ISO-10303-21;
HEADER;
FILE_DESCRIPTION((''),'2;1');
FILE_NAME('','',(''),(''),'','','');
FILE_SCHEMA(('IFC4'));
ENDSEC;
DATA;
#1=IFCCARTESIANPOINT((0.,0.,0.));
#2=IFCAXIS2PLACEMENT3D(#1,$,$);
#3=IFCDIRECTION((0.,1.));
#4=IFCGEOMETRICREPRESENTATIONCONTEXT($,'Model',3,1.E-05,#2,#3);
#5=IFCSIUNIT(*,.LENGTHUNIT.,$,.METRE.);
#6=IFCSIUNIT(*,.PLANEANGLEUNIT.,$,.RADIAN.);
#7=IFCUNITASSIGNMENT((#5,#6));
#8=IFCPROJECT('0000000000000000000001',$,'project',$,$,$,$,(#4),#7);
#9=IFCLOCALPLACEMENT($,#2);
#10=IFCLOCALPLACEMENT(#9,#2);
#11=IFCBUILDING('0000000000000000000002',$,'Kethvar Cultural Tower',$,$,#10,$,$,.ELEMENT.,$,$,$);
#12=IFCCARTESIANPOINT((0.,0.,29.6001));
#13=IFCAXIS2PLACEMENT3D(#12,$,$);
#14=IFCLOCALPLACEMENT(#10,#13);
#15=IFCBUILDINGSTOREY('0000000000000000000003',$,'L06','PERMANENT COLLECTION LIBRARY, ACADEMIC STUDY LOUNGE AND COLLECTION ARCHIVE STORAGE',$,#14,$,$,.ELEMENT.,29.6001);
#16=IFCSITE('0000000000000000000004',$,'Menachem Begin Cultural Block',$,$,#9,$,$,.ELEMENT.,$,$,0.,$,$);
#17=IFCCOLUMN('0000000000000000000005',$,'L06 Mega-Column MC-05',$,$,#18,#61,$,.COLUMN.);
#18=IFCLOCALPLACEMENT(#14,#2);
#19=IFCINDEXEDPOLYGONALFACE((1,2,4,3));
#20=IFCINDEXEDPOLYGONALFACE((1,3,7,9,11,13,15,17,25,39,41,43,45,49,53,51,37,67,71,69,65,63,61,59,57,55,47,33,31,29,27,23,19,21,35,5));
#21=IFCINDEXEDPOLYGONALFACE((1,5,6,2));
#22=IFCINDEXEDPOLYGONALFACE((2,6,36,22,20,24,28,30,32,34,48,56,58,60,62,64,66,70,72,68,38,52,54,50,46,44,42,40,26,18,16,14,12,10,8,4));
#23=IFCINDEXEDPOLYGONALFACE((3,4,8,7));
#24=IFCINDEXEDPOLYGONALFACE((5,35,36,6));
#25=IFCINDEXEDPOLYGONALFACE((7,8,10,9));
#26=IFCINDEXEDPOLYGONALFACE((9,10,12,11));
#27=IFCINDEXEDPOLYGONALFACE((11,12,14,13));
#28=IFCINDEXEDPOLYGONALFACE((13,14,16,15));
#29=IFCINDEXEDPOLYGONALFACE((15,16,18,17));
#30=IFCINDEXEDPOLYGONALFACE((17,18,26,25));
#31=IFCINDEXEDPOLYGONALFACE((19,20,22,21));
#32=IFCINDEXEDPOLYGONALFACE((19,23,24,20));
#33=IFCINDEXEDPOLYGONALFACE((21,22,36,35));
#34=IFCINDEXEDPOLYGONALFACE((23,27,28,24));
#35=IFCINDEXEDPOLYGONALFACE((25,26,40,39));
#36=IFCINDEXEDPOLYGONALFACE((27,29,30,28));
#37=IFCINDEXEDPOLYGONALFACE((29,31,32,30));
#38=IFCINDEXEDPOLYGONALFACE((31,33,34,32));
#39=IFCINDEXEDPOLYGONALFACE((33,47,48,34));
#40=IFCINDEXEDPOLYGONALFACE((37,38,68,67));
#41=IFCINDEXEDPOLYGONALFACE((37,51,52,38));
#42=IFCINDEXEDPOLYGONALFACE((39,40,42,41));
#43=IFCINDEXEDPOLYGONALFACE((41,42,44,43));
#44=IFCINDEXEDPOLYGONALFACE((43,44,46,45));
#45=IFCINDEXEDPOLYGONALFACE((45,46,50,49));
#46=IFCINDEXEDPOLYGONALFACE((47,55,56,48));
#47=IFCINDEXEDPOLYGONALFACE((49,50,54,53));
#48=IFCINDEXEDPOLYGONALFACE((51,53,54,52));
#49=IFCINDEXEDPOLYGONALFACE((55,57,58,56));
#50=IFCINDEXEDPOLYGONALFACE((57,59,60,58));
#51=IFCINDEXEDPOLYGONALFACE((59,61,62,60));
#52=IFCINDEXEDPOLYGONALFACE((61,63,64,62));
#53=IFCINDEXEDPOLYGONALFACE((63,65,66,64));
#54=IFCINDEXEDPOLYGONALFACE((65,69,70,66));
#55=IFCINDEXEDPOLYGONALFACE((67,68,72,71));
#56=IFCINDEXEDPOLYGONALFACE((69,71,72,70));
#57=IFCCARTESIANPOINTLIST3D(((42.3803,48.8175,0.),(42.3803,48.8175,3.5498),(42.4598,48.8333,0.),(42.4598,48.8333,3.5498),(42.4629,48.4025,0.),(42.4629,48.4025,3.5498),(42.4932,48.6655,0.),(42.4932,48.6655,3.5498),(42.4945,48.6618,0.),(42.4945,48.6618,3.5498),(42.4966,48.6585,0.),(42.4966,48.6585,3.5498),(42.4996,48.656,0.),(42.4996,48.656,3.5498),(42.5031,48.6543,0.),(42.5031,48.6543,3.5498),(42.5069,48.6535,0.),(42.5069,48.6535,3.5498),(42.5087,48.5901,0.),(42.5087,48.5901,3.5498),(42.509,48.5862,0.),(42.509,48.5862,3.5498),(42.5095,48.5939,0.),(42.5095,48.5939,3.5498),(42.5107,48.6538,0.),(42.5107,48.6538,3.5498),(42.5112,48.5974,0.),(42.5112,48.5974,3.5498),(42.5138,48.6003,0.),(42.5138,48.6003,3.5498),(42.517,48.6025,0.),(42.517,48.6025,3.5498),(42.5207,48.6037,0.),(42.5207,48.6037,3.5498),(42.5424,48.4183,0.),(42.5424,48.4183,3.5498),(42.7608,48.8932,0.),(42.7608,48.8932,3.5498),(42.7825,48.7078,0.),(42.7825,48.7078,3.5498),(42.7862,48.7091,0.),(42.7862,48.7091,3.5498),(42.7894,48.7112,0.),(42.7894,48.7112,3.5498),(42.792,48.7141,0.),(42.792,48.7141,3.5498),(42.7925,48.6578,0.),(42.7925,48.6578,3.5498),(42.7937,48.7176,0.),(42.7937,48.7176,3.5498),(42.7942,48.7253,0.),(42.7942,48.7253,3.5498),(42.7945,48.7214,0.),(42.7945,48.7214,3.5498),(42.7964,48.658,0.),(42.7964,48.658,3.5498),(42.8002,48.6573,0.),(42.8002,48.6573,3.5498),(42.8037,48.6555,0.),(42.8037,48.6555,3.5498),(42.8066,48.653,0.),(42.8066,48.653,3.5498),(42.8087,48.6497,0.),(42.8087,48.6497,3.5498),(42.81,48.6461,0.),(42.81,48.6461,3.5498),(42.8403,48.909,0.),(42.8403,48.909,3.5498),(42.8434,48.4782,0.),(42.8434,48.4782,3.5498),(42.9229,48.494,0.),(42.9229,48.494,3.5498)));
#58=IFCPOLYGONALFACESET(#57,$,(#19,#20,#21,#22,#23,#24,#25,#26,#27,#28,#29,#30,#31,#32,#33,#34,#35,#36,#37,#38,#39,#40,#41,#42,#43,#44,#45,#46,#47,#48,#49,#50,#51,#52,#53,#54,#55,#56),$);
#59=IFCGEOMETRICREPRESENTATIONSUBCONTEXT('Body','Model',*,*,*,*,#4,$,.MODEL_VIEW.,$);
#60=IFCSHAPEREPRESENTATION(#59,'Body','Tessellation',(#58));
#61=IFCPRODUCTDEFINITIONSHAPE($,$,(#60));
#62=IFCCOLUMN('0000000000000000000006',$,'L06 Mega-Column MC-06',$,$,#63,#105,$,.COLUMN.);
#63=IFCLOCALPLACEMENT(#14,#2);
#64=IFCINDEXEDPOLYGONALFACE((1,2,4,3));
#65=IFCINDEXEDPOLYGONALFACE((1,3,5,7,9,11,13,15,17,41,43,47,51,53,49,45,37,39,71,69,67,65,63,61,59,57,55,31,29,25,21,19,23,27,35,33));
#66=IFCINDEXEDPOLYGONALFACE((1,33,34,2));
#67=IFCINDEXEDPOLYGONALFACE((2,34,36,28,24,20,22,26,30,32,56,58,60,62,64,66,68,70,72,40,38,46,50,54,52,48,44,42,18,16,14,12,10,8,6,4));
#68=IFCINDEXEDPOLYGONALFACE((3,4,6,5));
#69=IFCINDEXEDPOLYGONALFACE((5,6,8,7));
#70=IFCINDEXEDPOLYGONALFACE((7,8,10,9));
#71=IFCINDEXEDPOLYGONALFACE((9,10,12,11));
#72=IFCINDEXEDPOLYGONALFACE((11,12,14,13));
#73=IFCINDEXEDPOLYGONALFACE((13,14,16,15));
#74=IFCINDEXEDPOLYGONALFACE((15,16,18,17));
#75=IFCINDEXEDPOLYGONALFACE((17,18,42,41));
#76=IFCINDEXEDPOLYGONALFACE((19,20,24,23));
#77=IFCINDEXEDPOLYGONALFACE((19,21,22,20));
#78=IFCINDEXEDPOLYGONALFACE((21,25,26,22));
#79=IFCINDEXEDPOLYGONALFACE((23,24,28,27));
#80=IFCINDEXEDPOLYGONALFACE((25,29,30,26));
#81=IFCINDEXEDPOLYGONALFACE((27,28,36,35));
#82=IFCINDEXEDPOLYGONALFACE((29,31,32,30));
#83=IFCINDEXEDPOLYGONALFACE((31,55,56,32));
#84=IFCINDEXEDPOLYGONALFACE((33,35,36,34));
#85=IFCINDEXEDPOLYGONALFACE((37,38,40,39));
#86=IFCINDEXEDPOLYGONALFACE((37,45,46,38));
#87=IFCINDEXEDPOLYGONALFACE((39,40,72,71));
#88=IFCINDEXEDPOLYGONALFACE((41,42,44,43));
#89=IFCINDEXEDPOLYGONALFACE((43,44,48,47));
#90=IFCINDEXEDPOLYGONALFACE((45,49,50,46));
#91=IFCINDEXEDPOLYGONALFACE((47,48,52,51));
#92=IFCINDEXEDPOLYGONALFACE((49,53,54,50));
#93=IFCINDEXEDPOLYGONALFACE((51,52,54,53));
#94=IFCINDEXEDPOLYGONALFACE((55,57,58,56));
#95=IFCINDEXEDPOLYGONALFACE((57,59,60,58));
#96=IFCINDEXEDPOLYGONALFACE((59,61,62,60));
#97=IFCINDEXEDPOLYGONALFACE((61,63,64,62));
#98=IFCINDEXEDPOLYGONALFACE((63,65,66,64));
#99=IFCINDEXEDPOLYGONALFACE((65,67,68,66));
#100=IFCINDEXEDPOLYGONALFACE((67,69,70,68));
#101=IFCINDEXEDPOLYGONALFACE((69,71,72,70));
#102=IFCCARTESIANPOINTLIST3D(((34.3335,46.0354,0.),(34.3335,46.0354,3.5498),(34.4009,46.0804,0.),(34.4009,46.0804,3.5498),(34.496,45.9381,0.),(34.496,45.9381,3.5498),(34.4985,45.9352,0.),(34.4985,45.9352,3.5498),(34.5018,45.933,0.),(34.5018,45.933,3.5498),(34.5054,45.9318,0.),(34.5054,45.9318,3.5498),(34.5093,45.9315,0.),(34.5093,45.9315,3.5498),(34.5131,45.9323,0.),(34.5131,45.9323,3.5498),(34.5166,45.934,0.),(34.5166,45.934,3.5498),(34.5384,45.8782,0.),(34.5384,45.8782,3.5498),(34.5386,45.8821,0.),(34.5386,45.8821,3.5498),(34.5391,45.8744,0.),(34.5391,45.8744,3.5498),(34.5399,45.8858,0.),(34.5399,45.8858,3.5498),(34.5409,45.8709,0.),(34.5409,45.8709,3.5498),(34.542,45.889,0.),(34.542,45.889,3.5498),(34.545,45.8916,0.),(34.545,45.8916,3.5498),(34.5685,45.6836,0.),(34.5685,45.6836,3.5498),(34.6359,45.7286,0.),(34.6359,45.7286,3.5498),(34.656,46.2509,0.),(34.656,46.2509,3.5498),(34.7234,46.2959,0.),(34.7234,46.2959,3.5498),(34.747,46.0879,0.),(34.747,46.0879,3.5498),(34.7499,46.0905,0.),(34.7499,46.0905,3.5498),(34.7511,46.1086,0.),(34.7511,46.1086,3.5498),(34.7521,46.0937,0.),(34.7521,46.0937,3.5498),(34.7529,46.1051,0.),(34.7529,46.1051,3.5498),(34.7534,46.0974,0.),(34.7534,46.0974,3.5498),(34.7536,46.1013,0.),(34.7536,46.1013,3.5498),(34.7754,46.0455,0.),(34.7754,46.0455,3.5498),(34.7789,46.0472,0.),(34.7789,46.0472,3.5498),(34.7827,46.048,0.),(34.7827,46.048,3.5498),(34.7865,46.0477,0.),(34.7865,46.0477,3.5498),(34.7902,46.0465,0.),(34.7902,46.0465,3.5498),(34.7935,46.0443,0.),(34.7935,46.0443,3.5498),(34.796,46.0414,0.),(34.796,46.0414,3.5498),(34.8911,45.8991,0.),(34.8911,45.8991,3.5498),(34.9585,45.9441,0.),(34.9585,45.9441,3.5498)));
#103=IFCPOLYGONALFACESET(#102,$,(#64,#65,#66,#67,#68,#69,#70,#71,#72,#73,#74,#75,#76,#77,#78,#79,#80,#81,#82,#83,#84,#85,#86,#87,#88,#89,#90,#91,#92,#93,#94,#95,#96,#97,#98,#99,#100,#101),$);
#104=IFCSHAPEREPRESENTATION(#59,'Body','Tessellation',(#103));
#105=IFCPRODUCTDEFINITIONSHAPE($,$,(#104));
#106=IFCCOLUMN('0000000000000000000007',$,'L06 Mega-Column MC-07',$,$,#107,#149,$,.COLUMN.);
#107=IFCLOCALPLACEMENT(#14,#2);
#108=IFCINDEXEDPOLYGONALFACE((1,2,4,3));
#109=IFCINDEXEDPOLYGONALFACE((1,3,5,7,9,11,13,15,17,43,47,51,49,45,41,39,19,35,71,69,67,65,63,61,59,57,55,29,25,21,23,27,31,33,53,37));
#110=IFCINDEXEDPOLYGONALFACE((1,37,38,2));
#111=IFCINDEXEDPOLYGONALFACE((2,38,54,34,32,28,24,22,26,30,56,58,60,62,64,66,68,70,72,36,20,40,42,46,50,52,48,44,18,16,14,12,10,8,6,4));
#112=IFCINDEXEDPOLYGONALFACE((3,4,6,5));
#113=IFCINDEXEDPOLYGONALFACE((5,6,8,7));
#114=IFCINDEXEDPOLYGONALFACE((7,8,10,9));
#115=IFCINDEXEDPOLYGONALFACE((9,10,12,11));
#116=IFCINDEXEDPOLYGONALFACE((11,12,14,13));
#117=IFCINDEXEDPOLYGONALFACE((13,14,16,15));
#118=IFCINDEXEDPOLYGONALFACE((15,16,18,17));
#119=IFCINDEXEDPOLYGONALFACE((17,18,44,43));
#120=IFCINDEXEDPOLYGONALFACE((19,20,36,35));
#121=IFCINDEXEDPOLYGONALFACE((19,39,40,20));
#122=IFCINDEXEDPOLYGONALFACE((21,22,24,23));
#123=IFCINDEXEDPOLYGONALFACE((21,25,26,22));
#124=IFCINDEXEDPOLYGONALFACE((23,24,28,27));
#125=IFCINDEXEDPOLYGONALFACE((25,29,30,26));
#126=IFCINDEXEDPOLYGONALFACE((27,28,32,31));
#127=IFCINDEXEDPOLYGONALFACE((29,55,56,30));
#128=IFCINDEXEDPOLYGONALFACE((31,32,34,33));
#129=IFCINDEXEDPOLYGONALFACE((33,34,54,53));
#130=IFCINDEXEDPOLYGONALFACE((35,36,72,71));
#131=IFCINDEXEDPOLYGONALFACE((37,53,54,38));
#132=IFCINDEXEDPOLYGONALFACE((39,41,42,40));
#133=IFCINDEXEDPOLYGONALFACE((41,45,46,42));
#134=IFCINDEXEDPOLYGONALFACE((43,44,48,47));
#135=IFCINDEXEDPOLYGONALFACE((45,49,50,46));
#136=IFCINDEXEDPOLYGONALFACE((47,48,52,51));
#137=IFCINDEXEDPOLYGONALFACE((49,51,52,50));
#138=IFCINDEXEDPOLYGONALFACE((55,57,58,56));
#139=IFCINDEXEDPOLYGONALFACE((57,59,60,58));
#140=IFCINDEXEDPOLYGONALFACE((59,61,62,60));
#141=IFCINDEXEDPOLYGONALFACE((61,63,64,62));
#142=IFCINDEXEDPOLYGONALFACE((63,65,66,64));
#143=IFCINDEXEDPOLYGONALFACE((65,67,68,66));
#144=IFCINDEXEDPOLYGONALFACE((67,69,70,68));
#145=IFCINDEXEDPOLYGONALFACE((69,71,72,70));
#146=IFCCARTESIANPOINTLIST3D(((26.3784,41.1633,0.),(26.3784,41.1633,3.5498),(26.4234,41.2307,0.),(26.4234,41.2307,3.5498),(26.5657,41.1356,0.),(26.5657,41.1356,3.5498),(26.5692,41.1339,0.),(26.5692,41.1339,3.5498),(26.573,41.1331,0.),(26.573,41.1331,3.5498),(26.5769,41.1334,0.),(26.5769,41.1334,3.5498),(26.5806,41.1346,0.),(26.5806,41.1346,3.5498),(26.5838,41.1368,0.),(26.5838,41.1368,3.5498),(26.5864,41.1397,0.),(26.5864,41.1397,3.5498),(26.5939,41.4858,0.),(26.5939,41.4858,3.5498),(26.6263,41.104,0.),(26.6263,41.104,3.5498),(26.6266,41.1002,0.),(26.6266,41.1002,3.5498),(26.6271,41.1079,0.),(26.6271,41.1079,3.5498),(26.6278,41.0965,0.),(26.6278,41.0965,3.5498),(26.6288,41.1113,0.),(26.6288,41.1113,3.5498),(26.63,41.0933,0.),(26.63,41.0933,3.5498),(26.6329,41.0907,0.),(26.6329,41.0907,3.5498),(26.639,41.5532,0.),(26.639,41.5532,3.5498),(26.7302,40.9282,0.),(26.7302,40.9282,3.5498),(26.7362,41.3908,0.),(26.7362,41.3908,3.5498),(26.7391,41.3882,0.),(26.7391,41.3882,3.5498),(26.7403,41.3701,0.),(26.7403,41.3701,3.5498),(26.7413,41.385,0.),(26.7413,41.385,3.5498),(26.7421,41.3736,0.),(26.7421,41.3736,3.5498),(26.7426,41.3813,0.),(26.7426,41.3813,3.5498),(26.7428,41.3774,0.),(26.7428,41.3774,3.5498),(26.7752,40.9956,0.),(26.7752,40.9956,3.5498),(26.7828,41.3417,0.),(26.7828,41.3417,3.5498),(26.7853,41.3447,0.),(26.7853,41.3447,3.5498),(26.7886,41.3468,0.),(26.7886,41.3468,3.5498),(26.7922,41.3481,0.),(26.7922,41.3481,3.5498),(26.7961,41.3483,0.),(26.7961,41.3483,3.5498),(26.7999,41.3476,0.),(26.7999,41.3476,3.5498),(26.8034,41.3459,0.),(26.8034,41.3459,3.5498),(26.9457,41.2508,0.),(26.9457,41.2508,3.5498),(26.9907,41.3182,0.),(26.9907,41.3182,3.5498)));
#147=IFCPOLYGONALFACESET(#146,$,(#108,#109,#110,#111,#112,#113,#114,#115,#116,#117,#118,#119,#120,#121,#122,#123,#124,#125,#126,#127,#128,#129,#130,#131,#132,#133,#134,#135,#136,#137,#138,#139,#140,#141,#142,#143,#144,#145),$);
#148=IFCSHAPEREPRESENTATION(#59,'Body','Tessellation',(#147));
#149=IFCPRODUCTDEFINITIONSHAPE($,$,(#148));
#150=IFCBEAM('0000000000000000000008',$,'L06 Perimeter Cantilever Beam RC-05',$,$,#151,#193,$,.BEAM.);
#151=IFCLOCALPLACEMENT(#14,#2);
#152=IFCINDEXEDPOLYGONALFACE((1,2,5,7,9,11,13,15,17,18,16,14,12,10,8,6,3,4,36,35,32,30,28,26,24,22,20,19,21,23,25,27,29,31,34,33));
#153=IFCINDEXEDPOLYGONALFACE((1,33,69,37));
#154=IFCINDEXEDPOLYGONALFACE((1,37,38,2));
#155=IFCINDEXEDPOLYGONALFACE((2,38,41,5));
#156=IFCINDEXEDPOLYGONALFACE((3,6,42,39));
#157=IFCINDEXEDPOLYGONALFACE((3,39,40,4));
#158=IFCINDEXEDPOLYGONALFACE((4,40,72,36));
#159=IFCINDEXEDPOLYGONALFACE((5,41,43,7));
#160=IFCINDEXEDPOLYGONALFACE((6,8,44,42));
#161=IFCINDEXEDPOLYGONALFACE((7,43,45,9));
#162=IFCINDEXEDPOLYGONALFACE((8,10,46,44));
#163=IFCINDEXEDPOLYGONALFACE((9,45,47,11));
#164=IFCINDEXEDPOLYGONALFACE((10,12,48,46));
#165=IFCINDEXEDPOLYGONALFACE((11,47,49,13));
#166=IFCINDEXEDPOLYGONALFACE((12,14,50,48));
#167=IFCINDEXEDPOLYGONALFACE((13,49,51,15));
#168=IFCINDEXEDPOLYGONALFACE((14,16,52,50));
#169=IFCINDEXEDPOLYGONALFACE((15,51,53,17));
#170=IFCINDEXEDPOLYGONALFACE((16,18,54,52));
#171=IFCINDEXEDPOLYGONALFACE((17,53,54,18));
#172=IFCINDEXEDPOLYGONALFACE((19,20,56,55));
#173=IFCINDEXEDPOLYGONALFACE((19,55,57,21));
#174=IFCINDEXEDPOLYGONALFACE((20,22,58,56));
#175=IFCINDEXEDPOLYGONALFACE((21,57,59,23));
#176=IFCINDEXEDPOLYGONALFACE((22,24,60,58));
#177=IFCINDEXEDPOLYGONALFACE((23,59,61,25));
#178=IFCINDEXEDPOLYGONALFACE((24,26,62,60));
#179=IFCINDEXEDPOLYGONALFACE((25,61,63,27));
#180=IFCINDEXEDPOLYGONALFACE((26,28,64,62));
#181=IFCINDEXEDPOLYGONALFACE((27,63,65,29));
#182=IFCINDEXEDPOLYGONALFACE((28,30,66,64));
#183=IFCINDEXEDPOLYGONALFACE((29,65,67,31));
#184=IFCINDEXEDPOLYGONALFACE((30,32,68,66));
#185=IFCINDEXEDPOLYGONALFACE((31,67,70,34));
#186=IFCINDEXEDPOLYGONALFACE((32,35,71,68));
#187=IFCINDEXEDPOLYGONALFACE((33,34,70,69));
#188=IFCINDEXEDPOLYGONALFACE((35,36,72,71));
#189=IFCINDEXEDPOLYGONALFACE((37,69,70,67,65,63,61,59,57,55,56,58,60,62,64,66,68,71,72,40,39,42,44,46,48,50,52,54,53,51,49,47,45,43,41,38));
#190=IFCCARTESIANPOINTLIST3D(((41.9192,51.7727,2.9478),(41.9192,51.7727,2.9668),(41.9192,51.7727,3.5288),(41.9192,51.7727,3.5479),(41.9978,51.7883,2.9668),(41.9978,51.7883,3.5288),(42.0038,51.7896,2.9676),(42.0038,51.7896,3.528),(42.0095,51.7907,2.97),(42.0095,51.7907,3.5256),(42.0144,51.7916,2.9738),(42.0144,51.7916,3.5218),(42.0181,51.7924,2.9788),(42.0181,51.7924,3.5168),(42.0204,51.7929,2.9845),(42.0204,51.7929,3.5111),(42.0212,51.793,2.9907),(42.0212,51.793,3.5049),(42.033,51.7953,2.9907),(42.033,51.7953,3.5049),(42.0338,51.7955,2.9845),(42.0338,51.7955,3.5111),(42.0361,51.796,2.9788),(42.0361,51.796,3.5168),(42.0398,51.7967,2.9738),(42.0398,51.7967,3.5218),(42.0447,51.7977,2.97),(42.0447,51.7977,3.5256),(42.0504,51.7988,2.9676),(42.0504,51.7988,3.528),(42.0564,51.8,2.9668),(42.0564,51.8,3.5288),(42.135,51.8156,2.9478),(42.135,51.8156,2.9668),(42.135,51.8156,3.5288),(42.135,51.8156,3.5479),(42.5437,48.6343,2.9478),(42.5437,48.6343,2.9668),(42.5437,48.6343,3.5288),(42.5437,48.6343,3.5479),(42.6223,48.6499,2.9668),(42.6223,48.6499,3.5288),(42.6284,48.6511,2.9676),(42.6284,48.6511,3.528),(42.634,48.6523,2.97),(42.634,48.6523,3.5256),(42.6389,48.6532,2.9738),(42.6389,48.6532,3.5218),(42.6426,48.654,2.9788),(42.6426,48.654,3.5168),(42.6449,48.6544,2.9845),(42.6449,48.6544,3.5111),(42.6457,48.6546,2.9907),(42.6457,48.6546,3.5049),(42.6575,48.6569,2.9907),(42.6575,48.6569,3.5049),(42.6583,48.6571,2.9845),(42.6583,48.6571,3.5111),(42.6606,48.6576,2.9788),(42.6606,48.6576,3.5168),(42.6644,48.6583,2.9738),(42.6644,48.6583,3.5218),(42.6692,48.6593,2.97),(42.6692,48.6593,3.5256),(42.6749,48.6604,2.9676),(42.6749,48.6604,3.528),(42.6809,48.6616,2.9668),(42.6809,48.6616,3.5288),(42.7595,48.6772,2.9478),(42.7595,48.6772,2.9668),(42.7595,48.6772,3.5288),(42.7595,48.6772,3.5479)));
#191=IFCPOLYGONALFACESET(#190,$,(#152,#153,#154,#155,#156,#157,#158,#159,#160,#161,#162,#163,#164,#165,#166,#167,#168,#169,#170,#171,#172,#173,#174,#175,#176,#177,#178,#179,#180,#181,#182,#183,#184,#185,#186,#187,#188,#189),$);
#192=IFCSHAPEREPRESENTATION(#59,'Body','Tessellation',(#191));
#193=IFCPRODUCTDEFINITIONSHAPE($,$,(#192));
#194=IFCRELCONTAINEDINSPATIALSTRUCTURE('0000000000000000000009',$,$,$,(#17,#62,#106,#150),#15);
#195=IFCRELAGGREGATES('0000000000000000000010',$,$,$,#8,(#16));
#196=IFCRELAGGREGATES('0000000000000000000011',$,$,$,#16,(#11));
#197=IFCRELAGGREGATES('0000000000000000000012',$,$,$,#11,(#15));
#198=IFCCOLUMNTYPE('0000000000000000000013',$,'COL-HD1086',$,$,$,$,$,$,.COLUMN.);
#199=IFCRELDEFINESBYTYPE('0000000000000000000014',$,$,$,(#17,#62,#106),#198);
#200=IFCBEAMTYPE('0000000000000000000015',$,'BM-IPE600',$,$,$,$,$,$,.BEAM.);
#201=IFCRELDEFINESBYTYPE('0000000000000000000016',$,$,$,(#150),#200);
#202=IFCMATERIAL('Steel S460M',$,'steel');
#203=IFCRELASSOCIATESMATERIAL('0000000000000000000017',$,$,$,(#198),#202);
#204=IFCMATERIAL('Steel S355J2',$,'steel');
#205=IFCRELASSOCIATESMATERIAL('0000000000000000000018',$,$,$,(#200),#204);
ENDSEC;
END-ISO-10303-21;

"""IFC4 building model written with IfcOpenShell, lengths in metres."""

from ifc_helpers import new_model, si_unit, direction, frame, origin, origin_2d, place, context, subcontext, project, spatial, i_section, extrude, source, transform, mapped, material, material_profile, profile_set, type_object, element, save


model = new_model("IFC4")

# Units and contexts
model_context = context("Model", 3, precision=1e-05, world=origin(), true_north=direction((0.0, 1.0)))
body_context = subcontext(model_context, "Body", "Model", "MODEL_VIEW")
ifc_project = project(units=[si_unit("LENGTHUNIT", "METRE"), si_unit("PLANEANGLEUNIT", "RADIAN")], contexts=[model_context])

# Site, building, storey
site_placement = place(None, origin())
site = spatial("IfcSite", under=ifc_project, at=site_placement, Name="Menachem Begin Cultural Block", CompositionType="ELEMENT", RefElevation=0.0)
building_placement = place(site_placement, origin())
building = spatial("IfcBuilding", under=site, at=building_placement, Name="Kethvar Cultural Tower", CompositionType="ELEMENT")
storey_placement = place(building_placement, frame((0.0, 0.0, 29.6001)))
storey = spatial("IfcBuildingStorey", under=building, at=storey_placement, Name="L06", Description="PERMANENT COLLECTION LIBRARY, ACADEMIC STUDY LOUNGE AND COLLECTION ARCHIVE STORAGE", CompositionType="ELEMENT", Elevation=29.6001)

# Columns
ifc_material_1 = material(Name="Steel S460M", Category="steel")
ifc_material_profile_1 = material_profile(ifc_material_1, i_section(OverallWidth=0.4231, OverallDepth=0.469, WebThickness=0.051, FlangeThickness=0.0811, FilletRadius=0.0149, at=origin_2d()), Name="Steel S460M — HD400x1086")
ifc_profile_set_1 = profile_set([ifc_material_profile_1], Name="Steel S460M — HD400x1086")
column_type = type_object("IfcColumnType", Name="COL-HD1086", PredefinedType="COLUMN", material=ifc_profile_set_1)
shared_shape_1 = source(origin(), body_context, "Body", "SweptSolid", [
    extrude(i_section(OverallWidth=0.4231, OverallDepth=0.469, WebThickness=0.051, FlangeThickness=0.0811, FilletRadius=0.0149, at=origin_2d()), origin(), (0.0, 0.0, 1.0), 3.5498),
])
for number, where, z_axis, x_axis, name in (
    (1, (42.6516, 48.6558, 0.0), (0.0, 0.0, 1.0), (-0.19509, 0.980785, 0.0), "L06 Mega-Column MC-05"),
    (2, (34.646, 45.9897, 0.0), (0.0, 0.0, 1.0), (-0.55557, 0.83147, 0.0), "L06 Mega-Column MC-06"),
    (3, (26.6846, 41.2407, 0.0), (0.0, 0.0, 1.0), (-0.83147, 0.55557, 0.0), "L06 Mega-Column MC-07"),
):
    element("IfcColumn", number, at=place(storey_placement, frame(where, z_axis=z_axis, x_axis=x_axis)), inside=storey, type_object=column_type, Name=name, PredefinedType="COLUMN", context=body_context, shape_type="MappedRepresentation", body=[
        mapped(shared_shape_1, transform((0.0, 0.0, 0.0), scale=1.0)),
    ])

# Beam
ifc_material_2 = material(Name="Steel S355J2", Category="steel")
ifc_material_profile_2 = material_profile(ifc_material_2, i_section(OverallWidth=0.22, OverallDepth=0.6001, WebThickness=0.012, FlangeThickness=0.019, FilletRadius=0.0239, at=origin_2d()), Name="Steel S355J2 — IPE600")
ifc_profile_set_2 = profile_set([ifc_material_profile_2], Name="Steel S355J2 — IPE600")
beam_type_1 = type_object("IfcBeamType", Name="BM-IPE600", PredefinedType="BEAM", material=ifc_profile_set_2)
shared_shape_2 = source(origin(), body_context, "Body", "SweptSolid", [
    extrude(i_section(OverallWidth=0.22, OverallDepth=0.6001, WebThickness=0.012, FlangeThickness=0.019, FilletRadius=0.0239, at=origin_2d()), origin(), (0.0, 0.0, 1.0), 3.2),
])
for number, where, z_axis, x_axis, name in (
    (4, (42.6516, 48.6558, 3.2478), (-0.195162, 0.980771, 0.0), (-0.980771, -0.195162, 0.0), "L06 Perimeter Cantilever Beam RC-05"),
):
    element("IfcBeam", number, at=place(storey_placement, frame(where, z_axis=z_axis, x_axis=x_axis)), inside=storey, type_object=beam_type_1, Name=name, PredefinedType="BEAM", context=body_context, shape_type="MappedRepresentation", body=[
        mapped(shared_shape_2, transform((0.0, 0.0, 0.0), scale=1.0)),
    ])

save(model, "model.ifc")
